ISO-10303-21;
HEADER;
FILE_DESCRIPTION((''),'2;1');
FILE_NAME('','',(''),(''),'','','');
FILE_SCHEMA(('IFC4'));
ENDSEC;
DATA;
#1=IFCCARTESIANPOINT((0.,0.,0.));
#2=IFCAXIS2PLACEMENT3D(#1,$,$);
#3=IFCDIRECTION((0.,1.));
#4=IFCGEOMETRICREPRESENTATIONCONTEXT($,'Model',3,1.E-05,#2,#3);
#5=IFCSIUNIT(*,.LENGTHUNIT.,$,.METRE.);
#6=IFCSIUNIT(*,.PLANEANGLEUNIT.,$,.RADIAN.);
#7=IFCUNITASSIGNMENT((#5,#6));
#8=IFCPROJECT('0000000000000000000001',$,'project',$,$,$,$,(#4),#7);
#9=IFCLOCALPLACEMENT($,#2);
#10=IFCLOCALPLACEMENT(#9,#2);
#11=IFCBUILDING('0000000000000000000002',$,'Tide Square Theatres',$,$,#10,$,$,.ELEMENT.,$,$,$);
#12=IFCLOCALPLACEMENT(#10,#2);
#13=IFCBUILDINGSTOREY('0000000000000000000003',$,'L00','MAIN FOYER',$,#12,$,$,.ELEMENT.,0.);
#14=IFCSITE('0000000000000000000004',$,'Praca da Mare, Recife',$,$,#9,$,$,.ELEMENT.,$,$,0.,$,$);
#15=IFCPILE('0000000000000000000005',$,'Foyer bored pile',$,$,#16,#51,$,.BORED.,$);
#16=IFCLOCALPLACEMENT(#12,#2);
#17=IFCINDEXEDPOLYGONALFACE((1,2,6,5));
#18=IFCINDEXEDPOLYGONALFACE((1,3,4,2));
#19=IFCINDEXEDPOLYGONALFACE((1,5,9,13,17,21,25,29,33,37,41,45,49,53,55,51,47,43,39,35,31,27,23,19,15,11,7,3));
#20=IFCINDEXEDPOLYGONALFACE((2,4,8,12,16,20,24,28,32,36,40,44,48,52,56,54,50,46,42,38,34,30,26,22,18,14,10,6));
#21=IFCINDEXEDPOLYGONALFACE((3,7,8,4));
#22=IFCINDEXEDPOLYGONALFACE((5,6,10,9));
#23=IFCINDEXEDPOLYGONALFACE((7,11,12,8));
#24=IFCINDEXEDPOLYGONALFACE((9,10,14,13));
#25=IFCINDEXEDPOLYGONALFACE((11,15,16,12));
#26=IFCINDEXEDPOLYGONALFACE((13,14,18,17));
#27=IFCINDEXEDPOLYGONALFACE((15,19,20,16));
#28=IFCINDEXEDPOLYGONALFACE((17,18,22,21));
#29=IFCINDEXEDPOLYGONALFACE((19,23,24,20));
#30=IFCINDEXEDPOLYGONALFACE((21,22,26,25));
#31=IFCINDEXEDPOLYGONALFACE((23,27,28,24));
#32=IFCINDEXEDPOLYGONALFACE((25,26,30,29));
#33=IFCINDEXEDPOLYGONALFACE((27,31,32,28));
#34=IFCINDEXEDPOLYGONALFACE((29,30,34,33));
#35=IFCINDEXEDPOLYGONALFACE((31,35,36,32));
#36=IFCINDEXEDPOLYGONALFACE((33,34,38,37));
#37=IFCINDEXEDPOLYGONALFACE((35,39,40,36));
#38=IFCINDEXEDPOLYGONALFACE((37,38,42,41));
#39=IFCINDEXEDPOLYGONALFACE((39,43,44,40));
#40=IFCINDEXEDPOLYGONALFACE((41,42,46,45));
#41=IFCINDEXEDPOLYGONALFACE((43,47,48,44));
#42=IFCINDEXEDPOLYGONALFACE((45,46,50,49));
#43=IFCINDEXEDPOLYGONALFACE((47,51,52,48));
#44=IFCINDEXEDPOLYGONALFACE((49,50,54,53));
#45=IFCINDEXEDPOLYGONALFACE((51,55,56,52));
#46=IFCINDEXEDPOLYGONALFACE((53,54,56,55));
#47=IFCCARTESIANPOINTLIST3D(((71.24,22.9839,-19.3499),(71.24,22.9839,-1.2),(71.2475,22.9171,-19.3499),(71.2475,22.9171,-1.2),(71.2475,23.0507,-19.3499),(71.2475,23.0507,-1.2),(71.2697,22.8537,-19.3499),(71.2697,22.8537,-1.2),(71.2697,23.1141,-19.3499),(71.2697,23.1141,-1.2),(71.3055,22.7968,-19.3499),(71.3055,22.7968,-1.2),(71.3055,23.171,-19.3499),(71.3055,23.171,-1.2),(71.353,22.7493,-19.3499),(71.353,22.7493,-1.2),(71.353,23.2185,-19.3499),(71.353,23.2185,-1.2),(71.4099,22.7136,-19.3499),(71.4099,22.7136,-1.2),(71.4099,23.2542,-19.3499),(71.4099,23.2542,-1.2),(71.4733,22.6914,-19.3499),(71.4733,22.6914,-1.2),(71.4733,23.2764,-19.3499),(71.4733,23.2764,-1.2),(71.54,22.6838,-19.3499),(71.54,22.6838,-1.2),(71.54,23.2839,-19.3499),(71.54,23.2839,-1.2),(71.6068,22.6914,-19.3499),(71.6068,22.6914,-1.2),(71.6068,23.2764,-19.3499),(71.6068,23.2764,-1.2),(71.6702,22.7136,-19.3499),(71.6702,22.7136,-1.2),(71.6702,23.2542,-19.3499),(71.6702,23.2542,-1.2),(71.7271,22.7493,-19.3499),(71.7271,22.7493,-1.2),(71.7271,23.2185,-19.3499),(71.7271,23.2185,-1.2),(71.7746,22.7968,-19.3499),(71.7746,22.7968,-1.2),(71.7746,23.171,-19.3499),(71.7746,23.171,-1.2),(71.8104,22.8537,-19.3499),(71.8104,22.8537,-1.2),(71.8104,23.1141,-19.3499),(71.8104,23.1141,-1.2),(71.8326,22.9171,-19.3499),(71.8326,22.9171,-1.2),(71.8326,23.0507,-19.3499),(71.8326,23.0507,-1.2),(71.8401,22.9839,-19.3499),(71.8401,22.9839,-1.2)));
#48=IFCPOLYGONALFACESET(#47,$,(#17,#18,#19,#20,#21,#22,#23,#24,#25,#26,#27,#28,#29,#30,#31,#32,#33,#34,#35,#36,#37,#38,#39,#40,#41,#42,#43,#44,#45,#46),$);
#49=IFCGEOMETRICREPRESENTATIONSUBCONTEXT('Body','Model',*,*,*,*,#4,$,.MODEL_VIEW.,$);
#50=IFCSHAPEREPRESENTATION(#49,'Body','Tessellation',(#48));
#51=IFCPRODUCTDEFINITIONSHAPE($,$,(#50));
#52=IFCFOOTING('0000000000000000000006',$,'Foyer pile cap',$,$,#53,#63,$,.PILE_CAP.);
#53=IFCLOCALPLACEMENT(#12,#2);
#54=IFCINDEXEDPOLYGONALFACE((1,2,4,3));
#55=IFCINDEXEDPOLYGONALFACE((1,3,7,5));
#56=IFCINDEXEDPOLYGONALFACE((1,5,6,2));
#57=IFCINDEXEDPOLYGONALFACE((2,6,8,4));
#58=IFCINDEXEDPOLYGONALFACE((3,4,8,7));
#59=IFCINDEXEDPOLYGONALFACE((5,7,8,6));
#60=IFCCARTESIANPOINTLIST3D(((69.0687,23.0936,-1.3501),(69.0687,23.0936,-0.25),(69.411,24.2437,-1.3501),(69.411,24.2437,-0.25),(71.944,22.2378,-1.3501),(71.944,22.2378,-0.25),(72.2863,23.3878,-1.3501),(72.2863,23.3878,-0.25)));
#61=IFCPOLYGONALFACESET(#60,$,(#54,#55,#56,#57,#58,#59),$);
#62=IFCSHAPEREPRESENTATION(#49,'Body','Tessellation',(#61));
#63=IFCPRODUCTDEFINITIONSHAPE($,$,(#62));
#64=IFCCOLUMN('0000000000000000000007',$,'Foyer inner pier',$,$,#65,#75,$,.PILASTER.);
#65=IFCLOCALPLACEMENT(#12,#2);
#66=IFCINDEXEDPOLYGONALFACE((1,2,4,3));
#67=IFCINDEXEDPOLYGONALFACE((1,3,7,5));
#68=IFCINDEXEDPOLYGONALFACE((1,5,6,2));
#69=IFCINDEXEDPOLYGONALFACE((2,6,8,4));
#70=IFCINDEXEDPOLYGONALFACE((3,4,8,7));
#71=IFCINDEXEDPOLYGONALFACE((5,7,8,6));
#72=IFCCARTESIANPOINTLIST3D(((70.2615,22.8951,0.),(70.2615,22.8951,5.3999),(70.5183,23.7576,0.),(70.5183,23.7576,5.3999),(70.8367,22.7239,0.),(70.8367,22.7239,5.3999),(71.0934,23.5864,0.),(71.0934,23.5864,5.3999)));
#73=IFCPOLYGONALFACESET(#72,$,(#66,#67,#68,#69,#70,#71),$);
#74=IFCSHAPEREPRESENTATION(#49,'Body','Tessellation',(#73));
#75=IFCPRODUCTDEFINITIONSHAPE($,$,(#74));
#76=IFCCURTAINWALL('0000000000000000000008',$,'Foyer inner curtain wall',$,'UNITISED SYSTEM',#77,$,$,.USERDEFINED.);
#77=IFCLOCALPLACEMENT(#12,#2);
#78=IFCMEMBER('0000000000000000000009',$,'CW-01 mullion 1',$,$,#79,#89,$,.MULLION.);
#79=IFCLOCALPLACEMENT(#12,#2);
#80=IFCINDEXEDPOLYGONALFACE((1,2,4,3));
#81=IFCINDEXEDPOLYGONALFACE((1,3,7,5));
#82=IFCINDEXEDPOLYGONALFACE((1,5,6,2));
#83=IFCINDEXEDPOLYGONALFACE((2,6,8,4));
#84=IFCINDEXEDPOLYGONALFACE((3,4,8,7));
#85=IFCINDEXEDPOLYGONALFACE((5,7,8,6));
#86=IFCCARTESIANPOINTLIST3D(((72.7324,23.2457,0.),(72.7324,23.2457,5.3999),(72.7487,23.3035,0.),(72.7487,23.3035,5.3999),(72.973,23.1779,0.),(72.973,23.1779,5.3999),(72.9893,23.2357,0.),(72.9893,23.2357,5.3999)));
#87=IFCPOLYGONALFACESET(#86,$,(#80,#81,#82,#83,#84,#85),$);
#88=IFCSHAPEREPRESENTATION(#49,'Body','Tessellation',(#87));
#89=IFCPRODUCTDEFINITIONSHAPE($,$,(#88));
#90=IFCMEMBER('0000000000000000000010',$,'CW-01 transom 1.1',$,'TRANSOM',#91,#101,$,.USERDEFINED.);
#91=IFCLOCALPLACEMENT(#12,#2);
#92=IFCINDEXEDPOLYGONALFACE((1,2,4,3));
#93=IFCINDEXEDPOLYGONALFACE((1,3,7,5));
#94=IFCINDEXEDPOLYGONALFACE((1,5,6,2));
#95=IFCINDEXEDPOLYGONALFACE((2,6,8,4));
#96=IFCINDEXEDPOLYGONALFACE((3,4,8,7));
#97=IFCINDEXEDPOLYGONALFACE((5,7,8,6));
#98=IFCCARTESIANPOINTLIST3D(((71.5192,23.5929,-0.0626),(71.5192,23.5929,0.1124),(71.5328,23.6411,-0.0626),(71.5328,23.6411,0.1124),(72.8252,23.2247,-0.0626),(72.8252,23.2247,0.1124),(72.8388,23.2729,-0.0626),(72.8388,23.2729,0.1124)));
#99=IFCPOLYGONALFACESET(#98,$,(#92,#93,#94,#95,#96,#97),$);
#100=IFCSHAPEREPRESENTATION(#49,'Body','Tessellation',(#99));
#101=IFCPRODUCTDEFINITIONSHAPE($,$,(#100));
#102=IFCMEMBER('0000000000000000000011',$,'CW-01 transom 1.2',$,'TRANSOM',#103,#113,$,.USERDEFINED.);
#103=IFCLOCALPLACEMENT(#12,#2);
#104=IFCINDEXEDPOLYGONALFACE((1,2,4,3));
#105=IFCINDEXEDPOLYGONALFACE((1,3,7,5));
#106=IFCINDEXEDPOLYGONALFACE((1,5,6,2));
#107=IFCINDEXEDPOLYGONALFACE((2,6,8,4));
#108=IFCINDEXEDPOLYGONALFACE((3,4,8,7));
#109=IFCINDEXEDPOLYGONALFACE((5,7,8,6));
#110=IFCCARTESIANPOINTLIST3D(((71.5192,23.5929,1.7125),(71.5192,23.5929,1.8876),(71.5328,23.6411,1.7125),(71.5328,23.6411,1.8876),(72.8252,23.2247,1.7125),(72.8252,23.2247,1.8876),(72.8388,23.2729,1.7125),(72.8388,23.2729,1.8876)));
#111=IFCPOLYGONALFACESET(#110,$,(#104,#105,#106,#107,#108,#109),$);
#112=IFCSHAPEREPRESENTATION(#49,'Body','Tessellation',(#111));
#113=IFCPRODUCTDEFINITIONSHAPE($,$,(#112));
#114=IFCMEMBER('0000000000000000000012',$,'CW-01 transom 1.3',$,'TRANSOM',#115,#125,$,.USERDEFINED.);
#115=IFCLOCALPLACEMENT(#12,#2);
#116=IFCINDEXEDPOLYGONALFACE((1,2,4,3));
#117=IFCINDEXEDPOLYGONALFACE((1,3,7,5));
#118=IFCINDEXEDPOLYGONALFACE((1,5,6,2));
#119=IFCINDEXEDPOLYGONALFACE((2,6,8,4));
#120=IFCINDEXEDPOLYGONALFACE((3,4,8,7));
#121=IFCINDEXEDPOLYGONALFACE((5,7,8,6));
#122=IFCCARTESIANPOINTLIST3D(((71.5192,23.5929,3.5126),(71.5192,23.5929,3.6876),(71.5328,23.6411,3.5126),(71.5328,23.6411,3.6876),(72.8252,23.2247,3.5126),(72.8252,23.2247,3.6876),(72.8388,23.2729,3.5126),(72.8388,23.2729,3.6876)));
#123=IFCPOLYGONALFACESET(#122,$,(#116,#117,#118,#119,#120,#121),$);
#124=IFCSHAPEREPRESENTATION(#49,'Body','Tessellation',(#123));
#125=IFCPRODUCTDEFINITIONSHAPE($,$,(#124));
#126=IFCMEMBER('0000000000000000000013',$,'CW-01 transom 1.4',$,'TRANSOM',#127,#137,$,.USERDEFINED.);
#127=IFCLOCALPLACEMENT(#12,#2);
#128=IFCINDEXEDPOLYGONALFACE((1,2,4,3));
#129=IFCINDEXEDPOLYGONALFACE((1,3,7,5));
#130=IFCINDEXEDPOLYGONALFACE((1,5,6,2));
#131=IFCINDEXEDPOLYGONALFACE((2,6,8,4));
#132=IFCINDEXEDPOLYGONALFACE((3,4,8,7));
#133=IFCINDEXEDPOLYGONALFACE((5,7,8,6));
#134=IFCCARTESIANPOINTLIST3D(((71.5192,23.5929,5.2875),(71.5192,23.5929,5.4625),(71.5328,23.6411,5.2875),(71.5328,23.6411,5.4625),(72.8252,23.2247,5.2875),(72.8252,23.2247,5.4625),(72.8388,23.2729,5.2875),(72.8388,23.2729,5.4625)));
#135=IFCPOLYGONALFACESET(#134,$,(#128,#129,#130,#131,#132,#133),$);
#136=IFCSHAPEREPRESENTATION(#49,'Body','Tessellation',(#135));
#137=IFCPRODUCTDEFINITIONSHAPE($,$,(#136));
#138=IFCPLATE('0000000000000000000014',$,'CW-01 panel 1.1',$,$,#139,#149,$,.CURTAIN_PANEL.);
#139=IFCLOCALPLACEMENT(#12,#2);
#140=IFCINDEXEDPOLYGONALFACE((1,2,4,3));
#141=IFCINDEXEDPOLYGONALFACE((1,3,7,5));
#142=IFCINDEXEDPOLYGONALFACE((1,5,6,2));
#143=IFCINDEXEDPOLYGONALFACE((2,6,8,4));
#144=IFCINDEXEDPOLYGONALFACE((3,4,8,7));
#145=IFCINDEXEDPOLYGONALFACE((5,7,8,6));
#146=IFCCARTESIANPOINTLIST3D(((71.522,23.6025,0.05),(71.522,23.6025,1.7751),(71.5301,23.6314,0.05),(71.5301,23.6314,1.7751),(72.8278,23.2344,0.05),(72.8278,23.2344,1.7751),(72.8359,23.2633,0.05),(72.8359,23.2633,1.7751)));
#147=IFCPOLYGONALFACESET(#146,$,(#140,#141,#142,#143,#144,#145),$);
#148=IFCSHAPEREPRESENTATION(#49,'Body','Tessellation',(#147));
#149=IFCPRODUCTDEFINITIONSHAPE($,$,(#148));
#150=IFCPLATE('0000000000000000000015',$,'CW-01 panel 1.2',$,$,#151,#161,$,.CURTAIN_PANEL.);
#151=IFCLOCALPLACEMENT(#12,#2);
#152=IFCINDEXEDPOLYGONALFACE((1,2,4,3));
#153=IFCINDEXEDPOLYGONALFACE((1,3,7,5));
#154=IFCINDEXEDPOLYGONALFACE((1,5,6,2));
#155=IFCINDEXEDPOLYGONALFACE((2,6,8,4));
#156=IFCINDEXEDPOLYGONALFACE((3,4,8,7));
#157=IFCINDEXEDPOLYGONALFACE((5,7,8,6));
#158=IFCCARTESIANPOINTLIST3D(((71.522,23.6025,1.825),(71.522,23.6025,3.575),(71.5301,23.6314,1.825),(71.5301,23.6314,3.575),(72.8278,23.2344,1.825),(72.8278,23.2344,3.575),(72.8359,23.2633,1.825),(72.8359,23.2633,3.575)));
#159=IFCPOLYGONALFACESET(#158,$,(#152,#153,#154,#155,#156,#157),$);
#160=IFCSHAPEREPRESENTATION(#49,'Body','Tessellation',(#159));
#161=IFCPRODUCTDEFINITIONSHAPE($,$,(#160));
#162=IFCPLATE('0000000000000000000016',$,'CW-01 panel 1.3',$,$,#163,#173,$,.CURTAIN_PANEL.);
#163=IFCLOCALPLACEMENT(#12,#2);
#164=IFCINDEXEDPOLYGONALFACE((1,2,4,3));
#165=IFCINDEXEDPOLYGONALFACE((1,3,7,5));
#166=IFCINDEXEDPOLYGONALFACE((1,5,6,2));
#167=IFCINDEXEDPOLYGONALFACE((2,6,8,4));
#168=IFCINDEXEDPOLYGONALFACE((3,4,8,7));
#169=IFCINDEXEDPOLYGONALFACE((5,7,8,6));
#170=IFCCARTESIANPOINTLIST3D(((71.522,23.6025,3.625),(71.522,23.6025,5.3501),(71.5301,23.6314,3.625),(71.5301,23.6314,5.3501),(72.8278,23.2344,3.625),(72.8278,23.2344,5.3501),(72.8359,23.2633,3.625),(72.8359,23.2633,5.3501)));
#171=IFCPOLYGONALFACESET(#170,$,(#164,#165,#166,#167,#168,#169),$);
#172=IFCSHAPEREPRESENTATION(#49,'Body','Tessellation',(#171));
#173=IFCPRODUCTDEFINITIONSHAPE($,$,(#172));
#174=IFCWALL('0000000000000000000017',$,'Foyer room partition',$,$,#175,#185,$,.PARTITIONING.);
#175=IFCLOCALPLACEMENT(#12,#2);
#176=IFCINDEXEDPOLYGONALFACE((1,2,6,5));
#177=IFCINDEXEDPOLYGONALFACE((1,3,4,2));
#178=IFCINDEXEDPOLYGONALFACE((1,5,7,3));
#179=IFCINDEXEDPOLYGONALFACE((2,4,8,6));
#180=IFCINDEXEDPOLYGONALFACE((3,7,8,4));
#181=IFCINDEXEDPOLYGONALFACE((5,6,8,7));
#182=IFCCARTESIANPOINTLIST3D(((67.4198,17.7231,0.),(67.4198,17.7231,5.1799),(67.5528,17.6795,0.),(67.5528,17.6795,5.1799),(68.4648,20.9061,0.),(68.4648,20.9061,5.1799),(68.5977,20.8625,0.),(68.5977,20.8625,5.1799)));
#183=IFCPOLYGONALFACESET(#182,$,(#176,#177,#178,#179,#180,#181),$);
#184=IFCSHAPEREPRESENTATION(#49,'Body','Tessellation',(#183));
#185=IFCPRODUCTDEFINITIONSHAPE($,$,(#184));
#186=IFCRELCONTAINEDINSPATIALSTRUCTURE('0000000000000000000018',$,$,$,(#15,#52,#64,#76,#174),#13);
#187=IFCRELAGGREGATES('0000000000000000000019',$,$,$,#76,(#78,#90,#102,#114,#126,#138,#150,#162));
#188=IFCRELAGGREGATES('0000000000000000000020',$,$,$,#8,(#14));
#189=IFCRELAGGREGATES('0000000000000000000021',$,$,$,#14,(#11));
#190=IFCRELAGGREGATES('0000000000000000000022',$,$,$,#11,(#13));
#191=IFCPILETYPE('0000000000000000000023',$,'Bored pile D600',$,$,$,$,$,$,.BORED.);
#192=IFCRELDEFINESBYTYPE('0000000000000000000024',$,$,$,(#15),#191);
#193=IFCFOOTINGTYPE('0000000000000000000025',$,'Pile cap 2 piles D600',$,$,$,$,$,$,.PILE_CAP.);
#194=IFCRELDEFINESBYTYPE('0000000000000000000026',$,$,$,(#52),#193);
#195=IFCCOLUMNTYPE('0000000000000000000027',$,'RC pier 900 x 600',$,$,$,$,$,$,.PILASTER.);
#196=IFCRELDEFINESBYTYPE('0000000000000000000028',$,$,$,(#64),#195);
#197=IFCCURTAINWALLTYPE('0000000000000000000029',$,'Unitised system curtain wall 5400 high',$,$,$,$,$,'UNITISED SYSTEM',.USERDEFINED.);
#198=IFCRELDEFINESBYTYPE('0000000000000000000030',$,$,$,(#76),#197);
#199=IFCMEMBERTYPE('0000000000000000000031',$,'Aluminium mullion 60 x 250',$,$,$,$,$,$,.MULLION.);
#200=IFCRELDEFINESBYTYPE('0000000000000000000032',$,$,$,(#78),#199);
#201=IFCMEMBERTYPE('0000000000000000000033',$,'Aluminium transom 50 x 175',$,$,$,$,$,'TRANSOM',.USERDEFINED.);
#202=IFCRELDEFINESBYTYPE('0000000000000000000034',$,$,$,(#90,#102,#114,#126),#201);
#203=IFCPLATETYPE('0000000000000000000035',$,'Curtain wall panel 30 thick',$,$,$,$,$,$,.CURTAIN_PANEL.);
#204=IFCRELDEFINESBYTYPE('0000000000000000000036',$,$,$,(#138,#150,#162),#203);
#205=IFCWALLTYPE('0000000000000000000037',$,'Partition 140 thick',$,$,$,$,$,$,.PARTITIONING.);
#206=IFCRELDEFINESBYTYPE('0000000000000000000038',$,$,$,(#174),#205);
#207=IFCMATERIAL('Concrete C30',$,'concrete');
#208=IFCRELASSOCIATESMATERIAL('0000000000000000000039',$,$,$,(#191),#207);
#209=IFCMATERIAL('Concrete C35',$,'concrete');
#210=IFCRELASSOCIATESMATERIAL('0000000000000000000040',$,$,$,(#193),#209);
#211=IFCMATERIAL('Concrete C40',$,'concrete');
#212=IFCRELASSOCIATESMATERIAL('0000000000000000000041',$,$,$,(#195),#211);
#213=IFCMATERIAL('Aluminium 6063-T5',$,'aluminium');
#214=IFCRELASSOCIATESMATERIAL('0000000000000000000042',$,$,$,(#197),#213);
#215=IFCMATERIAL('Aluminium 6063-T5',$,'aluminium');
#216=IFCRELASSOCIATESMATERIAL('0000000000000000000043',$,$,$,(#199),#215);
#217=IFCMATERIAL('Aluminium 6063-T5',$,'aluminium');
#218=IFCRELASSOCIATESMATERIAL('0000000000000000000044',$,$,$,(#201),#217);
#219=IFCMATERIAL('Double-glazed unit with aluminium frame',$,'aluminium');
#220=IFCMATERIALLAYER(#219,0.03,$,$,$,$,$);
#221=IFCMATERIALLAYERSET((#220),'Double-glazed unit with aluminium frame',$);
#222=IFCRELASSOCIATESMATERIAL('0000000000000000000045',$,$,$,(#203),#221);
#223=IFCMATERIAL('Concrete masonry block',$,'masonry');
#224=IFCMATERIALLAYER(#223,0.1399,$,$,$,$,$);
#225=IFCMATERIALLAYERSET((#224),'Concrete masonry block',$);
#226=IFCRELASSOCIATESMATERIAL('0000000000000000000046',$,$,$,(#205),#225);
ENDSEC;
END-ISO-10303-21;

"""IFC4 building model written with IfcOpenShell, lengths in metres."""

from ifc_helpers import new_model, si_unit, direction, frame, frame_2d, origin, origin_2d, place, context, subcontext, project, spatial, rectangle, circle, extrude, material, layer, layer_set, material_profile, profile_set, type_object, element, aggregate, save


model = new_model("IFC4")

# Units and contexts
model_context = context("Model", 3, precision=1e-05, world=origin(), true_north=direction((0.0, 1.0)))
body_context = subcontext(model_context, "Body", "Model", "MODEL_VIEW")
ifc_project = project(units=[si_unit("LENGTHUNIT", "METRE"), si_unit("PLANEANGLEUNIT", "RADIAN")], contexts=[model_context])

# Site, building, storey
site_placement = place(None, origin())
site = spatial("IfcSite", under=ifc_project, at=site_placement, Name="Praca da Mare, Recife", CompositionType="ELEMENT", RefElevation=0.0)
building_placement = place(site_placement, origin())
building = spatial("IfcBuilding", under=site, at=building_placement, Name="Tide Square Theatres", CompositionType="ELEMENT")
storey_placement = place(building_placement, origin())
storey = spatial("IfcBuildingStorey", under=building, at=storey_placement, Name="L00", Description="MAIN FOYER", CompositionType="ELEMENT", Elevation=0.0)

# Pile
ifc_material_1 = material(Name="Concrete C30", Category="concrete")
ifc_material_profile_1 = material_profile(ifc_material_1, circle(Radius=0.3, at=origin_2d()))
ifc_profile_set_1 = profile_set([ifc_material_profile_1], Name="Concrete C30")
pile_type = type_object("IfcPileType", Name="Bored pile D600", PredefinedType="BORED", material=ifc_profile_set_1)
pile_placement = place(storey_placement, frame((71.54, 22.9839, -1.2), z_axis=(0.0, 0.0, -1.0), x_axis=(1.0, 0.0, 0.0)))
element("IfcPile", 1, at=pile_placement, inside=storey, type_object=pile_type, Name="Foyer bored pile", PredefinedType="BORED", context=body_context, shape_type="SweptSolid", body=[
    extrude(circle(Radius=0.3, at=origin_2d()), origin(), (0.0, 0.0, 1.0), 18.1499),
])

# Footing
ifc_material_2 = material(Name="Concrete C35", Category="concrete")
footing_type = type_object("IfcFootingType", Name="Pile cap 2 piles D600", PredefinedType="PILE_CAP", material=ifc_material_2)
footing_placement = place(storey_placement, frame((70.6775, 23.2407, -1.3501), z_axis=(0.0, 0.0, 1.0), x_axis=(0.958444, -0.285282, 0.0)))
element("IfcFooting", 2, at=footing_placement, inside=storey, type_object=footing_type, Name="Foyer pile cap", PredefinedType="PILE_CAP", context=body_context, shape_type="SweptSolid", body=[
    extrude(rectangle(XDim=3.0, YDim=1.2, at=origin_2d()), origin(), (0.0, 0.0, 1.0), 1.1001),
])

# Column
ifc_material_3 = material(Name="Concrete C40", Category="concrete")
ifc_material_profile_2 = material_profile(ifc_material_3, rectangle(XDim=0.8999, YDim=0.6001, at=origin_2d()))
ifc_profile_set_2 = profile_set([ifc_material_profile_2], Name="Concrete C40")
column_type = type_object("IfcColumnType", Name="RC pier 900 x 600", PredefinedType="PILASTER", material=ifc_profile_set_2)
column_placement = place(storey_placement, frame((70.6775, 23.2407, 0.0), z_axis=(0.0, 0.0, 1.0), x_axis=(-0.285282, -0.958444, 0.0)))
element("IfcColumn", 3, at=column_placement, inside=storey, type_object=column_type, Name="Foyer inner pier", PredefinedType="PILASTER", context=body_context, shape_type="SweptSolid", body=[
    extrude(rectangle(XDim=0.8999, YDim=0.6001, at=origin_2d()), origin(), (0.0, 0.0, 1.0), 5.3999),
])

# Curtain wall, members, plates
ifc_material_4 = material(Name="Aluminium 6063-T5", Category="aluminium")
curtain_wall_type = type_object("IfcCurtainWallType", Name="Unitised system curtain wall 5400 high", ElementType="UNITISED SYSTEM", PredefinedType="USERDEFINED", material=ifc_material_4)
curtain_wall_placement = place(storey_placement, origin())
curtain_wall = element("IfcCurtainWall", 4, at=curtain_wall_placement, inside=storey, type_object=curtain_wall_type, Name="Foyer inner curtain wall", ObjectType="UNITISED SYSTEM", PredefinedType="USERDEFINED")
ifc_material_5 = material(Name="Aluminium 6063-T5", Category="aluminium")
ifc_material_profile_3 = material_profile(ifc_material_5, rectangle(XDim=0.0601, YDim=0.25, at=origin_2d()))
ifc_profile_set_3 = profile_set([ifc_material_profile_3], Name="Aluminium 6063-T5")
member_type_1 = type_object("IfcMemberType", Name="Aluminium mullion 60 x 250", PredefinedType="MULLION", material=ifc_profile_set_3)
member_1_placement = place(storey_placement, frame((72.8608, 23.2407, 0.0), z_axis=(0.0, 0.0, 1.0), x_axis=(-0.271328, -0.962487, 0.0)))
member_1 = element("IfcMember", 5, at=member_1_placement, type_object=member_type_1, Name="CW-01 mullion 1", PredefinedType="MULLION", context=body_context, shape_type="SweptSolid", body=[
    extrude(rectangle(XDim=0.0601, YDim=0.25, at=origin_2d()), origin(), (0.0, 0.0, 1.0), 5.3999),
])
ifc_material_6 = material(Name="Aluminium 6063-T5", Category="aluminium")
ifc_material_profile_4 = material_profile(ifc_material_6, rectangle(XDim=0.05, YDim=0.175, at=origin_2d()))
ifc_profile_set_4 = profile_set([ifc_material_profile_4], Name="Aluminium 6063-T5")
member_type_2 = type_object("IfcMemberType", Name="Aluminium transom 50 x 175", ElementType="TRANSOM", PredefinedType="USERDEFINED", material=ifc_profile_set_4)
member_2_placement = place(storey_placement, frame((72.832, 23.2488, 0.0249), z_axis=(-0.962482, 0.271345, 0.0), x_axis=(-0.271345, -0.962482, 0.0)))
member_2 = element("IfcMember", 6, at=member_2_placement, type_object=member_type_2, Name="CW-01 transom 1.1", ObjectType="TRANSOM", PredefinedType="USERDEFINED", context=body_context, shape_type="SweptSolid", body=[
    extrude(rectangle(XDim=0.05, YDim=0.175, at=origin_2d()), origin(), (0.0, 0.0, 1.0), 1.3569),
])
member_3_placement = place(storey_placement, frame((72.832, 23.2488, 1.8), z_axis=(-0.962482, 0.271345, 0.0), x_axis=(-0.271345, -0.962482, 0.0)))
member_3 = element("IfcMember", 7, at=member_3_placement, type_object=member_type_2, Name="CW-01 transom 1.2", ObjectType="TRANSOM", PredefinedType="USERDEFINED", context=body_context, shape_type="SweptSolid", body=[
    extrude(rectangle(XDim=0.05, YDim=0.175, at=origin_2d()), origin(), (0.0, 0.0, 1.0), 1.3569),
])
member_4_placement = place(storey_placement, frame((72.832, 23.2488, 3.6001), z_axis=(-0.962482, 0.271345, 0.0), x_axis=(-0.271345, -0.962482, 0.0)))
member_4 = element("IfcMember", 8, at=member_4_placement, type_object=member_type_2, Name="CW-01 transom 1.3", ObjectType="TRANSOM", PredefinedType="USERDEFINED", context=body_context, shape_type="SweptSolid", body=[
    extrude(rectangle(XDim=0.05, YDim=0.175, at=origin_2d()), origin(), (0.0, 0.0, 1.0), 1.3569),
])
member_5_placement = place(storey_placement, frame((72.832, 23.2488, 5.375), z_axis=(-0.962482, 0.271345, 0.0), x_axis=(-0.271345, -0.962482, 0.0)))
member_5 = element("IfcMember", 9, at=member_5_placement, type_object=member_type_2, Name="CW-01 transom 1.4", ObjectType="TRANSOM", PredefinedType="USERDEFINED", context=body_context, shape_type="SweptSolid", body=[
    extrude(rectangle(XDim=0.05, YDim=0.175, at=origin_2d()), origin(), (0.0, 0.0, 1.0), 1.3569),
])
ifc_material_7 = material(Name="Double-glazed unit with aluminium frame", Category="aluminium")
ifc_layer_1 = layer(ifc_material_7, 0.03)
ifc_layer_set_1 = layer_set([ifc_layer_1], Name="Double-glazed unit with aluminium frame")
plate_type = type_object("IfcPlateType", Name="Curtain wall panel 30 thick", PredefinedType="CURTAIN_PANEL", material=ifc_layer_set_1)
plate_1_placement = place(storey_placement, frame((72.179, 23.4329, 0.05), z_axis=(0.0, 0.0, 1.0), x_axis=(-0.962487, 0.271328, 0.0)))
plate_1 = element("IfcPlate", 10, at=plate_1_placement, type_object=plate_type, Name="CW-01 panel 1.1", PredefinedType="CURTAIN_PANEL", context=body_context, shape_type="SweptSolid", body=[
    extrude(rectangle(XDim=1.3567, YDim=0.03, at=origin_2d()), origin(), (0.0, 0.0, 1.0), 1.7251),
])
plate_2_placement = place(storey_placement, frame((72.179, 23.4329, 1.825), z_axis=(0.0, 0.0, 1.0), x_axis=(-0.962487, 0.271328, 0.0)))
plate_2 = element("IfcPlate", 11, at=plate_2_placement, type_object=plate_type, Name="CW-01 panel 1.2", PredefinedType="CURTAIN_PANEL", context=body_context, shape_type="SweptSolid", body=[
    extrude(rectangle(XDim=1.3567, YDim=0.03, at=origin_2d()), origin(), (0.0, 0.0, 1.0), 1.75),
])
plate_3_placement = place(storey_placement, frame((72.179, 23.4329, 3.625), z_axis=(0.0, 0.0, 1.0), x_axis=(-0.962487, 0.271328, 0.0)))
plate_3 = element("IfcPlate", 12, at=plate_3_placement, type_object=plate_type, Name="CW-01 panel 1.3", PredefinedType="CURTAIN_PANEL", context=body_context, shape_type="SweptSolid", body=[
    extrude(rectangle(XDim=1.3567, YDim=0.03, at=origin_2d()), origin(), (0.0, 0.0, 1.0), 1.7251),
])
aggregate(curtain_wall, [member_1, member_2, member_3, member_4, member_5, plate_1, plate_2, plate_3])

# Wall
ifc_material_8 = material(Name="Concrete masonry block", Category="masonry")
ifc_layer_2 = layer(ifc_material_8, 0.1399)
ifc_layer_set_2 = layer_set([ifc_layer_2], Name="Concrete masonry block")
wall_type_1 = type_object("IfcWallType", Name="Partition 140 thick", PredefinedType="PARTITIONING", material=ifc_layer_set_2)
wall_1_placement = place(storey_placement, frame((68.5312, 20.8843, 0.0), z_axis=(0.0, 0.0, 1.0), x_axis=(-0.311917, -0.950109, 0.0)))
element("IfcWall", 13, at=wall_1_placement, inside=storey, type_object=wall_type_1, Name="Foyer room partition", PredefinedType="PARTITIONING", context=body_context, shape_type="SweptSolid", body=[
    extrude(rectangle(XDim=3.3501, YDim=0.1399, at=frame_2d((1.675, 0.0))), origin(), (0.0, 0.0, 1.0), 5.1799),
])

save(model, "model.ifc")
